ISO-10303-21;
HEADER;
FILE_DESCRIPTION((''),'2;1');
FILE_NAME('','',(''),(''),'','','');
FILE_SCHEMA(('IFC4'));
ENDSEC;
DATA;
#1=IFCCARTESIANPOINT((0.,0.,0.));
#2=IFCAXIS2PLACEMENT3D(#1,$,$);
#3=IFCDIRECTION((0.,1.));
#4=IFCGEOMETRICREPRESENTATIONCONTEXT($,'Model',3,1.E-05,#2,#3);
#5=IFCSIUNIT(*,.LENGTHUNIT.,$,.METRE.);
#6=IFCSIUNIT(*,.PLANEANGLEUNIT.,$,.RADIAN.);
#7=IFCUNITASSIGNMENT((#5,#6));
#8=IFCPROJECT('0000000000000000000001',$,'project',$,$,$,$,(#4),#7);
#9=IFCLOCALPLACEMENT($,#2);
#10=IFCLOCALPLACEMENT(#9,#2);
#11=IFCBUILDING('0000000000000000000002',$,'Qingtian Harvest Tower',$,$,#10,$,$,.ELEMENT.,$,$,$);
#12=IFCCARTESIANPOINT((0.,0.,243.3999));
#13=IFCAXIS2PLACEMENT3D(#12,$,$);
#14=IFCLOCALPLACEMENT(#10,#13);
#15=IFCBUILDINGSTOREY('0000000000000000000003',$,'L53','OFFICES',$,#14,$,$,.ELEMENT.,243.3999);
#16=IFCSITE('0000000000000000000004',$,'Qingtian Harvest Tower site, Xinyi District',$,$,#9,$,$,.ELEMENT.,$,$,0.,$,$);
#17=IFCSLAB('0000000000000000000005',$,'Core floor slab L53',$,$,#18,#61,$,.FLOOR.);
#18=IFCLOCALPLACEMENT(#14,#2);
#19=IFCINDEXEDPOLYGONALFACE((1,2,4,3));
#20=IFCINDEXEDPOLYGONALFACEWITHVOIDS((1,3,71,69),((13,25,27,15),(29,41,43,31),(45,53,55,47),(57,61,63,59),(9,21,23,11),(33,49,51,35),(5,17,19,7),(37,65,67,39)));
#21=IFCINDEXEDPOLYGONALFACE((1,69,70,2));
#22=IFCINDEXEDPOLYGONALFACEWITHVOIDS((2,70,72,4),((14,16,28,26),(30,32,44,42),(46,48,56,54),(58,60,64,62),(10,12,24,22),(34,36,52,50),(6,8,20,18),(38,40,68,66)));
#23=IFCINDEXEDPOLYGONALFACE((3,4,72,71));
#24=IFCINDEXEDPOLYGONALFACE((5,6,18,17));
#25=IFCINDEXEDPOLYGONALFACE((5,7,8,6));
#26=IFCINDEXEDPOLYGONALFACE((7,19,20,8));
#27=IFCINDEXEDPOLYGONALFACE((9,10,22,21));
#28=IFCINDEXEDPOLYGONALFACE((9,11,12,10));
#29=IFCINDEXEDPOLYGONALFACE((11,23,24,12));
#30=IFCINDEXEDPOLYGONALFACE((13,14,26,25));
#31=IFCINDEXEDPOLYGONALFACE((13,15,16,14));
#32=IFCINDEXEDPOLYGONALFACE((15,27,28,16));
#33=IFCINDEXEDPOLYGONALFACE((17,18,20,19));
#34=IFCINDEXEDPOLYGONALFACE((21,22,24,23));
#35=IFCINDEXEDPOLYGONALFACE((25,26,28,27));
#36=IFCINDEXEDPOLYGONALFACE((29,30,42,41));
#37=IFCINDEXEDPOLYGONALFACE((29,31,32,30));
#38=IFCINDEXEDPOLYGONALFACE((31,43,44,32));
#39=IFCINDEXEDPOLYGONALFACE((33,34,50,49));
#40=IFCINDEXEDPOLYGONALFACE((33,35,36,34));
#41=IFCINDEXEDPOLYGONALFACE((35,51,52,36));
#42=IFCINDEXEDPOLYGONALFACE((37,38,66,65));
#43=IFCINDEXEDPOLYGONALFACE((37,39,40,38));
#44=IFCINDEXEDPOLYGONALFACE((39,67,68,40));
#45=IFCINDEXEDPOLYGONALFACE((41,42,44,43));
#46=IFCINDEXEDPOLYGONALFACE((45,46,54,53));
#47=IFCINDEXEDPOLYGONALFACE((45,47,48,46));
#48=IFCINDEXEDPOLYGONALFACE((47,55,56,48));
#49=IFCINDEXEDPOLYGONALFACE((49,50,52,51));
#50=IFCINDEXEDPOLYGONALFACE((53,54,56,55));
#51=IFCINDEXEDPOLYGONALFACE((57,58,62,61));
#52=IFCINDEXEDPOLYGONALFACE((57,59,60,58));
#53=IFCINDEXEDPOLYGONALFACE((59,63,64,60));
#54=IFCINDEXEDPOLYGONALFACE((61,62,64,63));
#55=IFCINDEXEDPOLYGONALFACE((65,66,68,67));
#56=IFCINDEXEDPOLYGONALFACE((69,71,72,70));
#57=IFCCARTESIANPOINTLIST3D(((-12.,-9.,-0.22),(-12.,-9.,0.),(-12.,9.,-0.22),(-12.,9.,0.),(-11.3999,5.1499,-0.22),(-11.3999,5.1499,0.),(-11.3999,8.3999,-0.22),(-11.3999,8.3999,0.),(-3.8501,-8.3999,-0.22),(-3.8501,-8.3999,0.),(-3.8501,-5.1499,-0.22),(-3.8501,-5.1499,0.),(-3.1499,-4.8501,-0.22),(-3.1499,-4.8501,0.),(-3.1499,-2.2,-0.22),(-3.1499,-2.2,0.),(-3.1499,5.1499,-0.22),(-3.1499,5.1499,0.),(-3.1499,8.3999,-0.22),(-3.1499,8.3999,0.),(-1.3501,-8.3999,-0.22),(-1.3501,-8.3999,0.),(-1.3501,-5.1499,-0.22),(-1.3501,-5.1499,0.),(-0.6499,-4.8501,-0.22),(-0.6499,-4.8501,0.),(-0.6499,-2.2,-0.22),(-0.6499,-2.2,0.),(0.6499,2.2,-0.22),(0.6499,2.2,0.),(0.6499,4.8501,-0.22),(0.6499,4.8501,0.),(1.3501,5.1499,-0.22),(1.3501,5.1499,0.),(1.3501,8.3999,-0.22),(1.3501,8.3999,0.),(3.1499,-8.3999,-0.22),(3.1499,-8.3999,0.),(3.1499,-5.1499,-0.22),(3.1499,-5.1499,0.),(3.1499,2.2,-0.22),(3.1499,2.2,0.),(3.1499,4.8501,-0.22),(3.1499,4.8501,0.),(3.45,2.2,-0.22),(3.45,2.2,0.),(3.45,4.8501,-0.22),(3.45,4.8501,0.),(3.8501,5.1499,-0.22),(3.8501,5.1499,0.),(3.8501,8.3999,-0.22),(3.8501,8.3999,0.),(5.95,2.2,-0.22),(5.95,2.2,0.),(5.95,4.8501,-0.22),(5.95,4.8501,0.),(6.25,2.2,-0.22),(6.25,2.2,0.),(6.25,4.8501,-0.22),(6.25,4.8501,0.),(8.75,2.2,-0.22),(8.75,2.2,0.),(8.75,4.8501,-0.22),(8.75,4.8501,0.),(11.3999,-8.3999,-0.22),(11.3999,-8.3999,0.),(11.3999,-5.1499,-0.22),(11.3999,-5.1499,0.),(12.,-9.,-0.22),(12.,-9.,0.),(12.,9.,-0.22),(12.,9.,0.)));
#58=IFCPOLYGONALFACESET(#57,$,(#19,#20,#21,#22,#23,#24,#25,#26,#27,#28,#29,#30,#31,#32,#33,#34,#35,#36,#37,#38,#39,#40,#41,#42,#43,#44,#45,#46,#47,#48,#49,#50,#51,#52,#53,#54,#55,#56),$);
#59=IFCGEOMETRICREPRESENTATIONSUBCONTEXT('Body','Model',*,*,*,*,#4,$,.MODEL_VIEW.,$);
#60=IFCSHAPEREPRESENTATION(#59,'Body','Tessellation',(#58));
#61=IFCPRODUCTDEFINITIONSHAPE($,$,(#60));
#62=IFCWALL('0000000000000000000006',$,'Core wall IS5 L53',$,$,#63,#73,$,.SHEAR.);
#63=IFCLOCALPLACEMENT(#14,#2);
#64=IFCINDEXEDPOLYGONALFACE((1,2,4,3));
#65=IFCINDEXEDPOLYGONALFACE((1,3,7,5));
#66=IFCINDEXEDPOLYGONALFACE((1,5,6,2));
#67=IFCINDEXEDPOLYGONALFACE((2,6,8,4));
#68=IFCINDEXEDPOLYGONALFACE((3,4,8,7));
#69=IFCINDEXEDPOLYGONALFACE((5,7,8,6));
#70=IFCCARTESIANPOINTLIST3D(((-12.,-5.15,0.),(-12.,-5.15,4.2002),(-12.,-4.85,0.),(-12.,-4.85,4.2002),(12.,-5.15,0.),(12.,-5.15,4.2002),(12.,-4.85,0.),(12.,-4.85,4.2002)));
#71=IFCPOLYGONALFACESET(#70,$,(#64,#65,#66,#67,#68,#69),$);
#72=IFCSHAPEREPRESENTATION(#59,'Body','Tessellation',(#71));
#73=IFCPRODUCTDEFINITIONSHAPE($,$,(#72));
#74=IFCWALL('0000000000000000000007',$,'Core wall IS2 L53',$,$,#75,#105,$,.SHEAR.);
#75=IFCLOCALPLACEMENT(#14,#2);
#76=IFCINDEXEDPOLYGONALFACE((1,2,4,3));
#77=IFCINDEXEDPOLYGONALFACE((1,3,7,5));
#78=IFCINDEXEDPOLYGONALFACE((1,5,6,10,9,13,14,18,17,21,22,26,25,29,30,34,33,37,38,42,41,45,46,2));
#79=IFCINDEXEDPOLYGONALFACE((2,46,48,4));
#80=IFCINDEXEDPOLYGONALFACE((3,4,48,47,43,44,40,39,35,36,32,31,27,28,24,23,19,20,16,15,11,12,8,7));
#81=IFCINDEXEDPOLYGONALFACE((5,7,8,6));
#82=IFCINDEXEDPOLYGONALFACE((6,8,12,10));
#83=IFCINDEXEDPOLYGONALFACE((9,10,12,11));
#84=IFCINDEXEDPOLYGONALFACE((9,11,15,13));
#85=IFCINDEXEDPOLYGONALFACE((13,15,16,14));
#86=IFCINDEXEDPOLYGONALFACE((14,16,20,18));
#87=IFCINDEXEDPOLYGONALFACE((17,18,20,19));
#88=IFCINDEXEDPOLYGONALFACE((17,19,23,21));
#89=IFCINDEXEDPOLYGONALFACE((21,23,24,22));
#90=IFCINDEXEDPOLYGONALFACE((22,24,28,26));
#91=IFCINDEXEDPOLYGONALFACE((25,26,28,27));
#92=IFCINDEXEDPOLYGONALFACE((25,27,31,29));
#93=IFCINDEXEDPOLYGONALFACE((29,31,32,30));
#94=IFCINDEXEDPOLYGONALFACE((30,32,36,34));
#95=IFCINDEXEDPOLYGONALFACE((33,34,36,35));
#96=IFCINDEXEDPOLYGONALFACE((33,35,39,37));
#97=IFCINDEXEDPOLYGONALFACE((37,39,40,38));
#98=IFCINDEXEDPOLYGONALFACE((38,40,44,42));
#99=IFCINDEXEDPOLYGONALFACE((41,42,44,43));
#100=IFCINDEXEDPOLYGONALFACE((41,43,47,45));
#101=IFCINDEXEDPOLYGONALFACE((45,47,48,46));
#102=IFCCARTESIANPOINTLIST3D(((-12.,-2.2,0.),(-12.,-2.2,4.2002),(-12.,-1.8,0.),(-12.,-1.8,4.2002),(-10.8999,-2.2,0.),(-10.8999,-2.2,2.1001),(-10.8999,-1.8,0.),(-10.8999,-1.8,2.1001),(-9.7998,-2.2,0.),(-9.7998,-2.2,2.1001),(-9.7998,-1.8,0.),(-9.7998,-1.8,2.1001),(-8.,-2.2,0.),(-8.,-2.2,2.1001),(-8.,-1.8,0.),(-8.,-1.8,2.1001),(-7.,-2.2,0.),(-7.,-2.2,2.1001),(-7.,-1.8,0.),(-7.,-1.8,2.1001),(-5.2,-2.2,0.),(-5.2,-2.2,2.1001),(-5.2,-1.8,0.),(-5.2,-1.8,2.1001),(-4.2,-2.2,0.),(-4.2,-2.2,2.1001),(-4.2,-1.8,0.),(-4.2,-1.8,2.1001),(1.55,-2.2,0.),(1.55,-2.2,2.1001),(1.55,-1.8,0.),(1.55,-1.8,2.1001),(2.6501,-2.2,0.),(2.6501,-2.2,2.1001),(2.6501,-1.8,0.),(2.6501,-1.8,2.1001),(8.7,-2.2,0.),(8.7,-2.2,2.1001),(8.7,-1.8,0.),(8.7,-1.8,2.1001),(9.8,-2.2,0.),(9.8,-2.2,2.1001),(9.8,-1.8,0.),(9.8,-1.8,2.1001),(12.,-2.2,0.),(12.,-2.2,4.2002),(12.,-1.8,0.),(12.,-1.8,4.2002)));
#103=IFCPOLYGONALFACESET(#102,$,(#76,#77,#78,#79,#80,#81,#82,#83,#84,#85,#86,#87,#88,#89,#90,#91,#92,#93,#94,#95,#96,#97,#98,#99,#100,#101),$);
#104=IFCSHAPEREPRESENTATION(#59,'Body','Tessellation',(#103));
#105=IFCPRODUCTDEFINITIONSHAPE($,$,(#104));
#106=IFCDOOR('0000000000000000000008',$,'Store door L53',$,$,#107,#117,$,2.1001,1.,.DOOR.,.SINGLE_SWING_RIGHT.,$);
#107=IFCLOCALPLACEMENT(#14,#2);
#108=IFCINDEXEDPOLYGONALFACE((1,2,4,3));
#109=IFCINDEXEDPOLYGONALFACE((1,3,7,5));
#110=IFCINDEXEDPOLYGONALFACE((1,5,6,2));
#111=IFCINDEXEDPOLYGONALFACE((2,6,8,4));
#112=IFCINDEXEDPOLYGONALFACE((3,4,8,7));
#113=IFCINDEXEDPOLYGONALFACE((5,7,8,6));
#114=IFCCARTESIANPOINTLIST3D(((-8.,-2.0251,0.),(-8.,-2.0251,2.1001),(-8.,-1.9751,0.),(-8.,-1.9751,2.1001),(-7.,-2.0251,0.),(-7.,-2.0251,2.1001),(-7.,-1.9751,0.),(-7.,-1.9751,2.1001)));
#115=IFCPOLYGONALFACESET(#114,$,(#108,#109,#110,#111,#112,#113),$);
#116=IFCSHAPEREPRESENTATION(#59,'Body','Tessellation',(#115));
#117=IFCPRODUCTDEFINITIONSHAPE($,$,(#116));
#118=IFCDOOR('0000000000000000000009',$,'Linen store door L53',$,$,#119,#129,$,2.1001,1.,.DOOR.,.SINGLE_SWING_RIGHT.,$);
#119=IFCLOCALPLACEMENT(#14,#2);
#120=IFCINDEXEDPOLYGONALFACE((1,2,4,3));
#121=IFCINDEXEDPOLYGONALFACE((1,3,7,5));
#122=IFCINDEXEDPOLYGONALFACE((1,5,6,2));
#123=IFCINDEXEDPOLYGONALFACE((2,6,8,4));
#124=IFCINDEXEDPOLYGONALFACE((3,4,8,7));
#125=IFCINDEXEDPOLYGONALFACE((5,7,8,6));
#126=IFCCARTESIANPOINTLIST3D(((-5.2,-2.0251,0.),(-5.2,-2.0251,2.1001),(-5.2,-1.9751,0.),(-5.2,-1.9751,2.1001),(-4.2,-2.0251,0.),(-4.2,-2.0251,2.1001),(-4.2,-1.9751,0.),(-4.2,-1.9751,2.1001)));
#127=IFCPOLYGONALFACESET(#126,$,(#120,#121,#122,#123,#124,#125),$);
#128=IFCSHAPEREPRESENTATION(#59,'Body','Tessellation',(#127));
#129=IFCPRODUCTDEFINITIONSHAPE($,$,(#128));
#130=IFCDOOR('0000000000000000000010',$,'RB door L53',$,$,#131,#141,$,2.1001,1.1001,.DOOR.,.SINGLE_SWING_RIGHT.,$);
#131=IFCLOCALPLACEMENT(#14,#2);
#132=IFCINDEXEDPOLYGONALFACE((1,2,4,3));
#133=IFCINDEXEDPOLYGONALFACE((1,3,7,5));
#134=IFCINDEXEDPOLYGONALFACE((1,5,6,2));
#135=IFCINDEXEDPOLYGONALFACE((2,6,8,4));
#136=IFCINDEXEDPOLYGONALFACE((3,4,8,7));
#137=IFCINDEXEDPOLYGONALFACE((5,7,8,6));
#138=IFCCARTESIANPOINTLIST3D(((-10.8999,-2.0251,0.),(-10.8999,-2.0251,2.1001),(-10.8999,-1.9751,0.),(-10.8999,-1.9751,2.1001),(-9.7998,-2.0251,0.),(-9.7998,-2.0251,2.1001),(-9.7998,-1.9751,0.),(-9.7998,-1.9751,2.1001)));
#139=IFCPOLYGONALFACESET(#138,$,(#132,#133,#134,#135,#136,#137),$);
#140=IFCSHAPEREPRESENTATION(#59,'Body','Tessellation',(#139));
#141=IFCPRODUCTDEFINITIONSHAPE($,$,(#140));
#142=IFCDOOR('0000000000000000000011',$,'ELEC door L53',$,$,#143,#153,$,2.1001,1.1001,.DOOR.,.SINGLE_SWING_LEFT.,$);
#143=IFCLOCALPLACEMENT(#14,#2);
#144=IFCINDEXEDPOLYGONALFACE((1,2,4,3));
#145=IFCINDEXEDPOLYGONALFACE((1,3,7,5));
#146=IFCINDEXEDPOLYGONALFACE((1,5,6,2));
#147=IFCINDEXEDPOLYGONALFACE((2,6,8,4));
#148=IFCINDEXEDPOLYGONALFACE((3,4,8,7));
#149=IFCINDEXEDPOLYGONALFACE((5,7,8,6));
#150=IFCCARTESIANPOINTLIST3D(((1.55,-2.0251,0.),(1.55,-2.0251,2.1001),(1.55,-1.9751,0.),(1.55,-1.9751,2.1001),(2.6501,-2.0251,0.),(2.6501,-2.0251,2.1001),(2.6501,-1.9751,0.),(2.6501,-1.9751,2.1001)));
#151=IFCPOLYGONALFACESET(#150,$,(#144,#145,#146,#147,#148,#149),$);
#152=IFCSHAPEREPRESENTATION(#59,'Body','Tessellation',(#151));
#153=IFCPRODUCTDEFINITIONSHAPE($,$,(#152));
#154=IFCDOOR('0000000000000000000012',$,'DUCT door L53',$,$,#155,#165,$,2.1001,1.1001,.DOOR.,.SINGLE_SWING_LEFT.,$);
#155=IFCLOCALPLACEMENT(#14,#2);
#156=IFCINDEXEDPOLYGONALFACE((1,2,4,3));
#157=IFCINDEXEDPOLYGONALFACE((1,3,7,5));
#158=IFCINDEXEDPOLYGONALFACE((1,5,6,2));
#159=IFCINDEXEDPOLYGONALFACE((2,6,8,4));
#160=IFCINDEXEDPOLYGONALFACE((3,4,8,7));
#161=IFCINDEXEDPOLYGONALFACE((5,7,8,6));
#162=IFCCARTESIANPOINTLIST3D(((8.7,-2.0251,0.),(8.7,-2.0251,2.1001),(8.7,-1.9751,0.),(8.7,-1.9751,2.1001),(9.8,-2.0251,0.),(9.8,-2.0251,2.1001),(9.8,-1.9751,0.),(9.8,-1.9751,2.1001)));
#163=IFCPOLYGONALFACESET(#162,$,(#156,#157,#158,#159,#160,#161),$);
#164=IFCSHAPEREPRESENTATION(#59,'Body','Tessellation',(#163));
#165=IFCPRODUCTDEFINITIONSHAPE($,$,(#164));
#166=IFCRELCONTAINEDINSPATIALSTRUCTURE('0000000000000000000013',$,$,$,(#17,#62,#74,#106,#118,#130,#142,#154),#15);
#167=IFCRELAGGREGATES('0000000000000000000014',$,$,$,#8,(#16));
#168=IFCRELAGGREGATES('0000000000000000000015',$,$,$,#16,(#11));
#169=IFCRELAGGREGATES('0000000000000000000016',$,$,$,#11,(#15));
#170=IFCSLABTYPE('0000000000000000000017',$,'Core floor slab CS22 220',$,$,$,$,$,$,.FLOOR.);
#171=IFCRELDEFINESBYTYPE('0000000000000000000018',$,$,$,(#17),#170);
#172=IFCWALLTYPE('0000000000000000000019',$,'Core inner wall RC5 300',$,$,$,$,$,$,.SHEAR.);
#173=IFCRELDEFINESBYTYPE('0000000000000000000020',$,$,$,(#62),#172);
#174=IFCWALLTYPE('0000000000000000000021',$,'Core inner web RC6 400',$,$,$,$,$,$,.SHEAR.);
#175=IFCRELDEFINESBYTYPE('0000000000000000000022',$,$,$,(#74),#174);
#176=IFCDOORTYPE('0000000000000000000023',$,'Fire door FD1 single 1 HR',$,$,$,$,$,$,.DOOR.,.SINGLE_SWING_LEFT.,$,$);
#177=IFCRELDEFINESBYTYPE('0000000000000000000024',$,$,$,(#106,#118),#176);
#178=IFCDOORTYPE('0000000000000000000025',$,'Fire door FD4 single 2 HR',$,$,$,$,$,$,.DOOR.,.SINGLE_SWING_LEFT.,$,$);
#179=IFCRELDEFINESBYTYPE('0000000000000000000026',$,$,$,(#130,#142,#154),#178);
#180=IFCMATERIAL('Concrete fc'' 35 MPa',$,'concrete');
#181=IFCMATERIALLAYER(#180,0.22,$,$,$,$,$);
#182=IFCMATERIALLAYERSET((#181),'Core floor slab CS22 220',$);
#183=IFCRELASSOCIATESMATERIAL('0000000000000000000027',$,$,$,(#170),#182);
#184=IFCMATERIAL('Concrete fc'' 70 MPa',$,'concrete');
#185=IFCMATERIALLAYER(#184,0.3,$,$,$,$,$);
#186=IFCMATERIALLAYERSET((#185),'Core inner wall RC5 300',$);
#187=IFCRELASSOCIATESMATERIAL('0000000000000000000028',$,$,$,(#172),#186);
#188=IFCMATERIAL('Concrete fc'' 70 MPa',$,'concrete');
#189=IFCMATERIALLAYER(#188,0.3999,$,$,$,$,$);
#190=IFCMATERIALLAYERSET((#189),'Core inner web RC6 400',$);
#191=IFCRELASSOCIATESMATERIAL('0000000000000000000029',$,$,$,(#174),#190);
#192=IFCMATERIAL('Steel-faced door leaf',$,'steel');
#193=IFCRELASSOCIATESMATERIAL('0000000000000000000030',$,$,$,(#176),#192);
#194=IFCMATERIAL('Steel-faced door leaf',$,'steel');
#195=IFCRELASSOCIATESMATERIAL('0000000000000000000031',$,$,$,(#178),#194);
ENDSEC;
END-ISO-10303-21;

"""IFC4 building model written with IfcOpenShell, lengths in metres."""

from ifc_helpers import new_model, si_unit, direction, frame, frame_2d, origin, place, context, subcontext, project, spatial, polyline, rectangle, outline, extrude, material, layer, layer_set, type_object, element, fill, save


model = new_model("IFC4")

# Units and contexts
model_context = context("Model", 3, precision=1e-05, world=origin(), true_north=direction((0.0, 1.0)))
body_context = subcontext(model_context, "Body", "Model", "MODEL_VIEW")
ifc_project = project(units=[si_unit("LENGTHUNIT", "METRE"), si_unit("PLANEANGLEUNIT", "RADIAN")], contexts=[model_context])

# Site, building, storey
site_placement = place(None, origin())
site = spatial("IfcSite", under=ifc_project, at=site_placement, Name="Qingtian Harvest Tower site, Xinyi District", CompositionType="ELEMENT", RefElevation=0.0)
building_placement = place(site_placement, origin())
building = spatial("IfcBuilding", under=site, at=building_placement, Name="Qingtian Harvest Tower", CompositionType="ELEMENT")
storey_placement = place(building_placement, frame((0.0, 0.0, 243.3999)))
storey = spatial("IfcBuildingStorey", under=building, at=storey_placement, Name="L53", Description="OFFICES", CompositionType="ELEMENT", Elevation=243.3999)

# Slab
ifc_material_1 = material(Name="Concrete fc' 35 MPa", Category="concrete")
ifc_layer_1 = layer(ifc_material_1, 0.22)
ifc_layer_set_1 = layer_set([ifc_layer_1], Name="Core floor slab CS22 220")
slab_type = type_object("IfcSlabType", Name="Core floor slab CS22 220", PredefinedType="FLOOR", material=ifc_layer_set_1)
slab_placement = place(storey_placement, frame((0.0, 0.0, -0.22)))
element("IfcSlab", 1, at=slab_placement, inside=storey, type_object=slab_type, Name="Core floor slab L53", PredefinedType="FLOOR", context=body_context, shape_type="SweptSolid", body=[
    extrude(outline(polyline([(-12.0, -9.0), (12.0, -9.0), (12.0, 9.0), (-12.0, 9.0), (-12.0, -9.0)]), holes=[polyline([(-11.3999, 5.1499), (-3.1499, 5.1499), (-3.1499, 8.3999), (-11.3999, 8.3999), (-11.3999, 5.1499)]), polyline([(3.1499, -8.3999), (11.3999, -8.3999), (11.3999, -5.1499), (3.1499, -5.1499), (3.1499, -8.3999)]), polyline([(1.3501, 5.1499), (3.8501, 5.1499), (3.8501, 8.3999), (1.3501, 8.3999), (1.3501, 5.1499)]), polyline([(-3.8501, -8.3999), (-1.3501, -8.3999), (-1.3501, -5.1499), (-3.8501, -5.1499), (-3.8501, -8.3999)]), polyline([(0.6499, 2.2), (3.1499, 2.2), (3.1499, 4.8501), (0.6499, 4.8501), (0.6499, 2.2)]), polyline([(3.45, 2.2), (5.95, 2.2), (5.95, 4.8501), (3.45, 4.8501), (3.45, 2.2)]), polyline([(6.25, 2.2), (8.75, 2.2), (8.75, 4.8501), (6.25, 4.8501), (6.25, 2.2)]), polyline([(-3.1499, -4.8501), (-0.6499, -4.8501), (-0.6499, -2.2), (-3.1499, -2.2), (-3.1499, -4.8501)])]), origin(), (0.0, 0.0, 1.0), 0.22),
])

# Wall
ifc_material_2 = material(Name="Concrete fc' 70 MPa", Category="concrete")
ifc_layer_2 = layer(ifc_material_2, 0.3)
ifc_layer_set_2 = layer_set([ifc_layer_2], Name="Core inner wall RC5 300")
wall_type_1 = type_object("IfcWallType", Name="Core inner wall RC5 300", PredefinedType="SHEAR", material=ifc_layer_set_2)
wall_1_placement = place(storey_placement, frame((-12.0, -5.0, 0.0), z_axis=(0.0, 0.0, 1.0), x_axis=(1.0, 0.0, 0.0)))
element("IfcWall", 2, at=wall_1_placement, inside=storey, type_object=wall_type_1, Name="Core wall IS5 L53", PredefinedType="SHEAR", context=body_context, shape_type="SweptSolid", body=[
    extrude(rectangle(XDim=24.0, YDim=0.3, at=frame_2d((12.0, 0.0))), origin(), (0.0, 0.0, 1.0), 4.2002),
])

# Wall, openings, doors
ifc_material_3 = material(Name="Concrete fc' 70 MPa", Category="concrete")
ifc_layer_3 = layer(ifc_material_3, 0.3999)
ifc_layer_set_3 = layer_set([ifc_layer_3], Name="Core inner web RC6 400")
wall_type_2 = type_object("IfcWallType", Name="Core inner web RC6 400", PredefinedType="SHEAR", material=ifc_layer_set_3)
wall_2_placement = place(storey_placement, frame((-12.0, -2.0, 0.0), z_axis=(0.0, 0.0, 1.0), x_axis=(1.0, 0.0, 0.0)))
wall_2 = element("IfcWall", 3, at=wall_2_placement, inside=storey, type_object=wall_type_2, Name="Core wall IS2 L53", PredefinedType="SHEAR", context=body_context, shape_type="SweptSolid", body=[
    extrude(rectangle(XDim=24.0, YDim=0.3999, at=frame_2d((12.0, 0.0))), origin(), (0.0, 0.0, 1.0), 4.2002),
])
opening_1_placement = place(wall_2_placement, frame((1.1001, 0.0, 0.0)))
opening_1 = element("IfcOpeningElement", 4, at=opening_1_placement, cuts=wall_2, PredefinedType="OPENING", context=body_context, shape_type="SweptSolid", body=[
    extrude(rectangle(XDim=1.1001, YDim=2.1001, at=frame_2d((0.55, 1.05))), frame((0.0, 0.21, 0.0), z_axis=(0.0, -1.0, 0.0), x_axis=(1.0, 0.0, 0.0)), (0.0, 0.0, 1.0), 0.4199),
])
opening_2_placement = place(wall_2_placement, frame((13.55, 0.0, 0.0)))
opening_2 = element("IfcOpeningElement", 5, at=opening_2_placement, cuts=wall_2, PredefinedType="OPENING", context=body_context, shape_type="SweptSolid", body=[
    extrude(rectangle(XDim=1.1001, YDim=2.1001, at=frame_2d((0.55, 1.05))), frame((0.0, 0.21, 0.0), z_axis=(0.0, -1.0, 0.0), x_axis=(1.0, 0.0, 0.0)), (0.0, 0.0, 1.0), 0.4199),
])
opening_3_placement = place(wall_2_placement, frame((20.7, 0.0, 0.0)))
opening_3 = element("IfcOpeningElement", 6, at=opening_3_placement, cuts=wall_2, PredefinedType="OPENING", context=body_context, shape_type="SweptSolid", body=[
    extrude(rectangle(XDim=1.1001, YDim=2.1001, at=frame_2d((0.55, 1.05))), frame((0.0, 0.21, 0.0), z_axis=(0.0, -1.0, 0.0), x_axis=(1.0, 0.0, 0.0)), (0.0, 0.0, 1.0), 0.4199),
])
opening_4_placement = place(wall_2_placement, frame((4.0, 0.0, 0.0)))
opening_4 = element("IfcOpeningElement", 7, at=opening_4_placement, cuts=wall_2, PredefinedType="OPENING", context=body_context, shape_type="SweptSolid", body=[
    extrude(rectangle(XDim=1.0, YDim=2.1001, at=frame_2d((0.5, 1.05))), frame((0.0, 0.21, 0.0), z_axis=(0.0, -1.0, 0.0), x_axis=(1.0, 0.0, 0.0)), (0.0, 0.0, 1.0), 0.4199),
])
opening_5_placement = place(wall_2_placement, frame((6.8, 0.0, 0.0)))
opening_5 = element("IfcOpeningElement", 8, at=opening_5_placement, cuts=wall_2, PredefinedType="OPENING", context=body_context, shape_type="SweptSolid", body=[
    extrude(rectangle(XDim=1.0, YDim=2.1001, at=frame_2d((0.5, 1.05))), frame((0.0, 0.21, 0.0), z_axis=(0.0, -1.0, 0.0), x_axis=(1.0, 0.0, 0.0)), (0.0, 0.0, 1.0), 0.4199),
])
ifc_material_4 = material(Name="Steel-faced door leaf", Category="steel")
door_type_1 = type_object("IfcDoorType", Name="Fire door FD1 single 1 HR", OperationType="SINGLE_SWING_LEFT", PredefinedType="DOOR", material=ifc_material_4)
door_1_placement = place(opening_4_placement, origin())
door_1 = element("IfcDoor", 9, at=door_1_placement, inside=storey, type_object=door_type_1, Name="Store door L53", OperationType="SINGLE_SWING_RIGHT", OverallHeight=2.1001, OverallWidth=1.0, PredefinedType="DOOR", context=body_context, shape_type="SweptSolid", body=[
    extrude(rectangle(XDim=1.0, YDim=2.1001, at=frame_2d((0.5, 1.05))), frame((0.0, 0.0249, 0.0), z_axis=(0.0, -1.0, 0.0), x_axis=(1.0, 0.0, 0.0)), (0.0, 0.0, 1.0), 0.05),
])
fill(opening_4, door_1)
door_2_placement = place(opening_5_placement, origin())
door_2 = element("IfcDoor", 10, at=door_2_placement, inside=storey, type_object=door_type_1, Name="Linen store door L53", OperationType="SINGLE_SWING_RIGHT", OverallHeight=2.1001, OverallWidth=1.0, PredefinedType="DOOR", context=body_context, shape_type="SweptSolid", body=[
    extrude(rectangle(XDim=1.0, YDim=2.1001, at=frame_2d((0.5, 1.05))), frame((0.0, 0.0249, 0.0), z_axis=(0.0, -1.0, 0.0), x_axis=(1.0, 0.0, 0.0)), (0.0, 0.0, 1.0), 0.05),
])
fill(opening_5, door_2)
ifc_material_5 = material(Name="Steel-faced door leaf", Category="steel")
door_type_2 = type_object("IfcDoorType", Name="Fire door FD4 single 2 HR", OperationType="SINGLE_SWING_LEFT", PredefinedType="DOOR", material=ifc_material_5)
door_3_placement = place(opening_1_placement, origin())
door_3 = element("IfcDoor", 11, at=door_3_placement, inside=storey, type_object=door_type_2, Name="RB door L53", OperationType="SINGLE_SWING_RIGHT", OverallHeight=2.1001, OverallWidth=1.1001, PredefinedType="DOOR", context=body_context, shape_type="SweptSolid", body=[
    extrude(rectangle(XDim=1.1001, YDim=2.1001, at=frame_2d((0.55, 1.05))), frame((0.0, 0.0249, 0.0), z_axis=(0.0, -1.0, 0.0), x_axis=(1.0, 0.0, 0.0)), (0.0, 0.0, 1.0), 0.05),
])
fill(opening_1, door_3)
door_4_placement = place(opening_2_placement, origin())
door_4 = element("IfcDoor", 12, at=door_4_placement, inside=storey, type_object=door_type_2, Name="ELEC door L53", OperationType="SINGLE_SWING_LEFT", OverallHeight=2.1001, OverallWidth=1.1001, PredefinedType="DOOR", context=body_context, shape_type="SweptSolid", body=[
    extrude(rectangle(XDim=1.1001, YDim=2.1001, at=frame_2d((0.55, 1.05))), frame((0.0, 0.0249, 0.0), z_axis=(0.0, -1.0, 0.0), x_axis=(1.0, 0.0, 0.0)), (0.0, 0.0, 1.0), 0.05),
])
fill(opening_2, door_4)
door_5_placement = place(opening_3_placement, origin())
door_5 = element("IfcDoor", 13, at=door_5_placement, inside=storey, type_object=door_type_2, Name="DUCT door L53", OperationType="SINGLE_SWING_LEFT", OverallHeight=2.1001, OverallWidth=1.1001, PredefinedType="DOOR", context=body_context, shape_type="SweptSolid", body=[
    extrude(rectangle(XDim=1.1001, YDim=2.1001, at=frame_2d((0.55, 1.05))), frame((0.0, 0.0249, 0.0), z_axis=(0.0, -1.0, 0.0), x_axis=(1.0, 0.0, 0.0)), (0.0, 0.0, 1.0), 0.05),
])
fill(opening_3, door_5)

save(model, "model.ifc")
